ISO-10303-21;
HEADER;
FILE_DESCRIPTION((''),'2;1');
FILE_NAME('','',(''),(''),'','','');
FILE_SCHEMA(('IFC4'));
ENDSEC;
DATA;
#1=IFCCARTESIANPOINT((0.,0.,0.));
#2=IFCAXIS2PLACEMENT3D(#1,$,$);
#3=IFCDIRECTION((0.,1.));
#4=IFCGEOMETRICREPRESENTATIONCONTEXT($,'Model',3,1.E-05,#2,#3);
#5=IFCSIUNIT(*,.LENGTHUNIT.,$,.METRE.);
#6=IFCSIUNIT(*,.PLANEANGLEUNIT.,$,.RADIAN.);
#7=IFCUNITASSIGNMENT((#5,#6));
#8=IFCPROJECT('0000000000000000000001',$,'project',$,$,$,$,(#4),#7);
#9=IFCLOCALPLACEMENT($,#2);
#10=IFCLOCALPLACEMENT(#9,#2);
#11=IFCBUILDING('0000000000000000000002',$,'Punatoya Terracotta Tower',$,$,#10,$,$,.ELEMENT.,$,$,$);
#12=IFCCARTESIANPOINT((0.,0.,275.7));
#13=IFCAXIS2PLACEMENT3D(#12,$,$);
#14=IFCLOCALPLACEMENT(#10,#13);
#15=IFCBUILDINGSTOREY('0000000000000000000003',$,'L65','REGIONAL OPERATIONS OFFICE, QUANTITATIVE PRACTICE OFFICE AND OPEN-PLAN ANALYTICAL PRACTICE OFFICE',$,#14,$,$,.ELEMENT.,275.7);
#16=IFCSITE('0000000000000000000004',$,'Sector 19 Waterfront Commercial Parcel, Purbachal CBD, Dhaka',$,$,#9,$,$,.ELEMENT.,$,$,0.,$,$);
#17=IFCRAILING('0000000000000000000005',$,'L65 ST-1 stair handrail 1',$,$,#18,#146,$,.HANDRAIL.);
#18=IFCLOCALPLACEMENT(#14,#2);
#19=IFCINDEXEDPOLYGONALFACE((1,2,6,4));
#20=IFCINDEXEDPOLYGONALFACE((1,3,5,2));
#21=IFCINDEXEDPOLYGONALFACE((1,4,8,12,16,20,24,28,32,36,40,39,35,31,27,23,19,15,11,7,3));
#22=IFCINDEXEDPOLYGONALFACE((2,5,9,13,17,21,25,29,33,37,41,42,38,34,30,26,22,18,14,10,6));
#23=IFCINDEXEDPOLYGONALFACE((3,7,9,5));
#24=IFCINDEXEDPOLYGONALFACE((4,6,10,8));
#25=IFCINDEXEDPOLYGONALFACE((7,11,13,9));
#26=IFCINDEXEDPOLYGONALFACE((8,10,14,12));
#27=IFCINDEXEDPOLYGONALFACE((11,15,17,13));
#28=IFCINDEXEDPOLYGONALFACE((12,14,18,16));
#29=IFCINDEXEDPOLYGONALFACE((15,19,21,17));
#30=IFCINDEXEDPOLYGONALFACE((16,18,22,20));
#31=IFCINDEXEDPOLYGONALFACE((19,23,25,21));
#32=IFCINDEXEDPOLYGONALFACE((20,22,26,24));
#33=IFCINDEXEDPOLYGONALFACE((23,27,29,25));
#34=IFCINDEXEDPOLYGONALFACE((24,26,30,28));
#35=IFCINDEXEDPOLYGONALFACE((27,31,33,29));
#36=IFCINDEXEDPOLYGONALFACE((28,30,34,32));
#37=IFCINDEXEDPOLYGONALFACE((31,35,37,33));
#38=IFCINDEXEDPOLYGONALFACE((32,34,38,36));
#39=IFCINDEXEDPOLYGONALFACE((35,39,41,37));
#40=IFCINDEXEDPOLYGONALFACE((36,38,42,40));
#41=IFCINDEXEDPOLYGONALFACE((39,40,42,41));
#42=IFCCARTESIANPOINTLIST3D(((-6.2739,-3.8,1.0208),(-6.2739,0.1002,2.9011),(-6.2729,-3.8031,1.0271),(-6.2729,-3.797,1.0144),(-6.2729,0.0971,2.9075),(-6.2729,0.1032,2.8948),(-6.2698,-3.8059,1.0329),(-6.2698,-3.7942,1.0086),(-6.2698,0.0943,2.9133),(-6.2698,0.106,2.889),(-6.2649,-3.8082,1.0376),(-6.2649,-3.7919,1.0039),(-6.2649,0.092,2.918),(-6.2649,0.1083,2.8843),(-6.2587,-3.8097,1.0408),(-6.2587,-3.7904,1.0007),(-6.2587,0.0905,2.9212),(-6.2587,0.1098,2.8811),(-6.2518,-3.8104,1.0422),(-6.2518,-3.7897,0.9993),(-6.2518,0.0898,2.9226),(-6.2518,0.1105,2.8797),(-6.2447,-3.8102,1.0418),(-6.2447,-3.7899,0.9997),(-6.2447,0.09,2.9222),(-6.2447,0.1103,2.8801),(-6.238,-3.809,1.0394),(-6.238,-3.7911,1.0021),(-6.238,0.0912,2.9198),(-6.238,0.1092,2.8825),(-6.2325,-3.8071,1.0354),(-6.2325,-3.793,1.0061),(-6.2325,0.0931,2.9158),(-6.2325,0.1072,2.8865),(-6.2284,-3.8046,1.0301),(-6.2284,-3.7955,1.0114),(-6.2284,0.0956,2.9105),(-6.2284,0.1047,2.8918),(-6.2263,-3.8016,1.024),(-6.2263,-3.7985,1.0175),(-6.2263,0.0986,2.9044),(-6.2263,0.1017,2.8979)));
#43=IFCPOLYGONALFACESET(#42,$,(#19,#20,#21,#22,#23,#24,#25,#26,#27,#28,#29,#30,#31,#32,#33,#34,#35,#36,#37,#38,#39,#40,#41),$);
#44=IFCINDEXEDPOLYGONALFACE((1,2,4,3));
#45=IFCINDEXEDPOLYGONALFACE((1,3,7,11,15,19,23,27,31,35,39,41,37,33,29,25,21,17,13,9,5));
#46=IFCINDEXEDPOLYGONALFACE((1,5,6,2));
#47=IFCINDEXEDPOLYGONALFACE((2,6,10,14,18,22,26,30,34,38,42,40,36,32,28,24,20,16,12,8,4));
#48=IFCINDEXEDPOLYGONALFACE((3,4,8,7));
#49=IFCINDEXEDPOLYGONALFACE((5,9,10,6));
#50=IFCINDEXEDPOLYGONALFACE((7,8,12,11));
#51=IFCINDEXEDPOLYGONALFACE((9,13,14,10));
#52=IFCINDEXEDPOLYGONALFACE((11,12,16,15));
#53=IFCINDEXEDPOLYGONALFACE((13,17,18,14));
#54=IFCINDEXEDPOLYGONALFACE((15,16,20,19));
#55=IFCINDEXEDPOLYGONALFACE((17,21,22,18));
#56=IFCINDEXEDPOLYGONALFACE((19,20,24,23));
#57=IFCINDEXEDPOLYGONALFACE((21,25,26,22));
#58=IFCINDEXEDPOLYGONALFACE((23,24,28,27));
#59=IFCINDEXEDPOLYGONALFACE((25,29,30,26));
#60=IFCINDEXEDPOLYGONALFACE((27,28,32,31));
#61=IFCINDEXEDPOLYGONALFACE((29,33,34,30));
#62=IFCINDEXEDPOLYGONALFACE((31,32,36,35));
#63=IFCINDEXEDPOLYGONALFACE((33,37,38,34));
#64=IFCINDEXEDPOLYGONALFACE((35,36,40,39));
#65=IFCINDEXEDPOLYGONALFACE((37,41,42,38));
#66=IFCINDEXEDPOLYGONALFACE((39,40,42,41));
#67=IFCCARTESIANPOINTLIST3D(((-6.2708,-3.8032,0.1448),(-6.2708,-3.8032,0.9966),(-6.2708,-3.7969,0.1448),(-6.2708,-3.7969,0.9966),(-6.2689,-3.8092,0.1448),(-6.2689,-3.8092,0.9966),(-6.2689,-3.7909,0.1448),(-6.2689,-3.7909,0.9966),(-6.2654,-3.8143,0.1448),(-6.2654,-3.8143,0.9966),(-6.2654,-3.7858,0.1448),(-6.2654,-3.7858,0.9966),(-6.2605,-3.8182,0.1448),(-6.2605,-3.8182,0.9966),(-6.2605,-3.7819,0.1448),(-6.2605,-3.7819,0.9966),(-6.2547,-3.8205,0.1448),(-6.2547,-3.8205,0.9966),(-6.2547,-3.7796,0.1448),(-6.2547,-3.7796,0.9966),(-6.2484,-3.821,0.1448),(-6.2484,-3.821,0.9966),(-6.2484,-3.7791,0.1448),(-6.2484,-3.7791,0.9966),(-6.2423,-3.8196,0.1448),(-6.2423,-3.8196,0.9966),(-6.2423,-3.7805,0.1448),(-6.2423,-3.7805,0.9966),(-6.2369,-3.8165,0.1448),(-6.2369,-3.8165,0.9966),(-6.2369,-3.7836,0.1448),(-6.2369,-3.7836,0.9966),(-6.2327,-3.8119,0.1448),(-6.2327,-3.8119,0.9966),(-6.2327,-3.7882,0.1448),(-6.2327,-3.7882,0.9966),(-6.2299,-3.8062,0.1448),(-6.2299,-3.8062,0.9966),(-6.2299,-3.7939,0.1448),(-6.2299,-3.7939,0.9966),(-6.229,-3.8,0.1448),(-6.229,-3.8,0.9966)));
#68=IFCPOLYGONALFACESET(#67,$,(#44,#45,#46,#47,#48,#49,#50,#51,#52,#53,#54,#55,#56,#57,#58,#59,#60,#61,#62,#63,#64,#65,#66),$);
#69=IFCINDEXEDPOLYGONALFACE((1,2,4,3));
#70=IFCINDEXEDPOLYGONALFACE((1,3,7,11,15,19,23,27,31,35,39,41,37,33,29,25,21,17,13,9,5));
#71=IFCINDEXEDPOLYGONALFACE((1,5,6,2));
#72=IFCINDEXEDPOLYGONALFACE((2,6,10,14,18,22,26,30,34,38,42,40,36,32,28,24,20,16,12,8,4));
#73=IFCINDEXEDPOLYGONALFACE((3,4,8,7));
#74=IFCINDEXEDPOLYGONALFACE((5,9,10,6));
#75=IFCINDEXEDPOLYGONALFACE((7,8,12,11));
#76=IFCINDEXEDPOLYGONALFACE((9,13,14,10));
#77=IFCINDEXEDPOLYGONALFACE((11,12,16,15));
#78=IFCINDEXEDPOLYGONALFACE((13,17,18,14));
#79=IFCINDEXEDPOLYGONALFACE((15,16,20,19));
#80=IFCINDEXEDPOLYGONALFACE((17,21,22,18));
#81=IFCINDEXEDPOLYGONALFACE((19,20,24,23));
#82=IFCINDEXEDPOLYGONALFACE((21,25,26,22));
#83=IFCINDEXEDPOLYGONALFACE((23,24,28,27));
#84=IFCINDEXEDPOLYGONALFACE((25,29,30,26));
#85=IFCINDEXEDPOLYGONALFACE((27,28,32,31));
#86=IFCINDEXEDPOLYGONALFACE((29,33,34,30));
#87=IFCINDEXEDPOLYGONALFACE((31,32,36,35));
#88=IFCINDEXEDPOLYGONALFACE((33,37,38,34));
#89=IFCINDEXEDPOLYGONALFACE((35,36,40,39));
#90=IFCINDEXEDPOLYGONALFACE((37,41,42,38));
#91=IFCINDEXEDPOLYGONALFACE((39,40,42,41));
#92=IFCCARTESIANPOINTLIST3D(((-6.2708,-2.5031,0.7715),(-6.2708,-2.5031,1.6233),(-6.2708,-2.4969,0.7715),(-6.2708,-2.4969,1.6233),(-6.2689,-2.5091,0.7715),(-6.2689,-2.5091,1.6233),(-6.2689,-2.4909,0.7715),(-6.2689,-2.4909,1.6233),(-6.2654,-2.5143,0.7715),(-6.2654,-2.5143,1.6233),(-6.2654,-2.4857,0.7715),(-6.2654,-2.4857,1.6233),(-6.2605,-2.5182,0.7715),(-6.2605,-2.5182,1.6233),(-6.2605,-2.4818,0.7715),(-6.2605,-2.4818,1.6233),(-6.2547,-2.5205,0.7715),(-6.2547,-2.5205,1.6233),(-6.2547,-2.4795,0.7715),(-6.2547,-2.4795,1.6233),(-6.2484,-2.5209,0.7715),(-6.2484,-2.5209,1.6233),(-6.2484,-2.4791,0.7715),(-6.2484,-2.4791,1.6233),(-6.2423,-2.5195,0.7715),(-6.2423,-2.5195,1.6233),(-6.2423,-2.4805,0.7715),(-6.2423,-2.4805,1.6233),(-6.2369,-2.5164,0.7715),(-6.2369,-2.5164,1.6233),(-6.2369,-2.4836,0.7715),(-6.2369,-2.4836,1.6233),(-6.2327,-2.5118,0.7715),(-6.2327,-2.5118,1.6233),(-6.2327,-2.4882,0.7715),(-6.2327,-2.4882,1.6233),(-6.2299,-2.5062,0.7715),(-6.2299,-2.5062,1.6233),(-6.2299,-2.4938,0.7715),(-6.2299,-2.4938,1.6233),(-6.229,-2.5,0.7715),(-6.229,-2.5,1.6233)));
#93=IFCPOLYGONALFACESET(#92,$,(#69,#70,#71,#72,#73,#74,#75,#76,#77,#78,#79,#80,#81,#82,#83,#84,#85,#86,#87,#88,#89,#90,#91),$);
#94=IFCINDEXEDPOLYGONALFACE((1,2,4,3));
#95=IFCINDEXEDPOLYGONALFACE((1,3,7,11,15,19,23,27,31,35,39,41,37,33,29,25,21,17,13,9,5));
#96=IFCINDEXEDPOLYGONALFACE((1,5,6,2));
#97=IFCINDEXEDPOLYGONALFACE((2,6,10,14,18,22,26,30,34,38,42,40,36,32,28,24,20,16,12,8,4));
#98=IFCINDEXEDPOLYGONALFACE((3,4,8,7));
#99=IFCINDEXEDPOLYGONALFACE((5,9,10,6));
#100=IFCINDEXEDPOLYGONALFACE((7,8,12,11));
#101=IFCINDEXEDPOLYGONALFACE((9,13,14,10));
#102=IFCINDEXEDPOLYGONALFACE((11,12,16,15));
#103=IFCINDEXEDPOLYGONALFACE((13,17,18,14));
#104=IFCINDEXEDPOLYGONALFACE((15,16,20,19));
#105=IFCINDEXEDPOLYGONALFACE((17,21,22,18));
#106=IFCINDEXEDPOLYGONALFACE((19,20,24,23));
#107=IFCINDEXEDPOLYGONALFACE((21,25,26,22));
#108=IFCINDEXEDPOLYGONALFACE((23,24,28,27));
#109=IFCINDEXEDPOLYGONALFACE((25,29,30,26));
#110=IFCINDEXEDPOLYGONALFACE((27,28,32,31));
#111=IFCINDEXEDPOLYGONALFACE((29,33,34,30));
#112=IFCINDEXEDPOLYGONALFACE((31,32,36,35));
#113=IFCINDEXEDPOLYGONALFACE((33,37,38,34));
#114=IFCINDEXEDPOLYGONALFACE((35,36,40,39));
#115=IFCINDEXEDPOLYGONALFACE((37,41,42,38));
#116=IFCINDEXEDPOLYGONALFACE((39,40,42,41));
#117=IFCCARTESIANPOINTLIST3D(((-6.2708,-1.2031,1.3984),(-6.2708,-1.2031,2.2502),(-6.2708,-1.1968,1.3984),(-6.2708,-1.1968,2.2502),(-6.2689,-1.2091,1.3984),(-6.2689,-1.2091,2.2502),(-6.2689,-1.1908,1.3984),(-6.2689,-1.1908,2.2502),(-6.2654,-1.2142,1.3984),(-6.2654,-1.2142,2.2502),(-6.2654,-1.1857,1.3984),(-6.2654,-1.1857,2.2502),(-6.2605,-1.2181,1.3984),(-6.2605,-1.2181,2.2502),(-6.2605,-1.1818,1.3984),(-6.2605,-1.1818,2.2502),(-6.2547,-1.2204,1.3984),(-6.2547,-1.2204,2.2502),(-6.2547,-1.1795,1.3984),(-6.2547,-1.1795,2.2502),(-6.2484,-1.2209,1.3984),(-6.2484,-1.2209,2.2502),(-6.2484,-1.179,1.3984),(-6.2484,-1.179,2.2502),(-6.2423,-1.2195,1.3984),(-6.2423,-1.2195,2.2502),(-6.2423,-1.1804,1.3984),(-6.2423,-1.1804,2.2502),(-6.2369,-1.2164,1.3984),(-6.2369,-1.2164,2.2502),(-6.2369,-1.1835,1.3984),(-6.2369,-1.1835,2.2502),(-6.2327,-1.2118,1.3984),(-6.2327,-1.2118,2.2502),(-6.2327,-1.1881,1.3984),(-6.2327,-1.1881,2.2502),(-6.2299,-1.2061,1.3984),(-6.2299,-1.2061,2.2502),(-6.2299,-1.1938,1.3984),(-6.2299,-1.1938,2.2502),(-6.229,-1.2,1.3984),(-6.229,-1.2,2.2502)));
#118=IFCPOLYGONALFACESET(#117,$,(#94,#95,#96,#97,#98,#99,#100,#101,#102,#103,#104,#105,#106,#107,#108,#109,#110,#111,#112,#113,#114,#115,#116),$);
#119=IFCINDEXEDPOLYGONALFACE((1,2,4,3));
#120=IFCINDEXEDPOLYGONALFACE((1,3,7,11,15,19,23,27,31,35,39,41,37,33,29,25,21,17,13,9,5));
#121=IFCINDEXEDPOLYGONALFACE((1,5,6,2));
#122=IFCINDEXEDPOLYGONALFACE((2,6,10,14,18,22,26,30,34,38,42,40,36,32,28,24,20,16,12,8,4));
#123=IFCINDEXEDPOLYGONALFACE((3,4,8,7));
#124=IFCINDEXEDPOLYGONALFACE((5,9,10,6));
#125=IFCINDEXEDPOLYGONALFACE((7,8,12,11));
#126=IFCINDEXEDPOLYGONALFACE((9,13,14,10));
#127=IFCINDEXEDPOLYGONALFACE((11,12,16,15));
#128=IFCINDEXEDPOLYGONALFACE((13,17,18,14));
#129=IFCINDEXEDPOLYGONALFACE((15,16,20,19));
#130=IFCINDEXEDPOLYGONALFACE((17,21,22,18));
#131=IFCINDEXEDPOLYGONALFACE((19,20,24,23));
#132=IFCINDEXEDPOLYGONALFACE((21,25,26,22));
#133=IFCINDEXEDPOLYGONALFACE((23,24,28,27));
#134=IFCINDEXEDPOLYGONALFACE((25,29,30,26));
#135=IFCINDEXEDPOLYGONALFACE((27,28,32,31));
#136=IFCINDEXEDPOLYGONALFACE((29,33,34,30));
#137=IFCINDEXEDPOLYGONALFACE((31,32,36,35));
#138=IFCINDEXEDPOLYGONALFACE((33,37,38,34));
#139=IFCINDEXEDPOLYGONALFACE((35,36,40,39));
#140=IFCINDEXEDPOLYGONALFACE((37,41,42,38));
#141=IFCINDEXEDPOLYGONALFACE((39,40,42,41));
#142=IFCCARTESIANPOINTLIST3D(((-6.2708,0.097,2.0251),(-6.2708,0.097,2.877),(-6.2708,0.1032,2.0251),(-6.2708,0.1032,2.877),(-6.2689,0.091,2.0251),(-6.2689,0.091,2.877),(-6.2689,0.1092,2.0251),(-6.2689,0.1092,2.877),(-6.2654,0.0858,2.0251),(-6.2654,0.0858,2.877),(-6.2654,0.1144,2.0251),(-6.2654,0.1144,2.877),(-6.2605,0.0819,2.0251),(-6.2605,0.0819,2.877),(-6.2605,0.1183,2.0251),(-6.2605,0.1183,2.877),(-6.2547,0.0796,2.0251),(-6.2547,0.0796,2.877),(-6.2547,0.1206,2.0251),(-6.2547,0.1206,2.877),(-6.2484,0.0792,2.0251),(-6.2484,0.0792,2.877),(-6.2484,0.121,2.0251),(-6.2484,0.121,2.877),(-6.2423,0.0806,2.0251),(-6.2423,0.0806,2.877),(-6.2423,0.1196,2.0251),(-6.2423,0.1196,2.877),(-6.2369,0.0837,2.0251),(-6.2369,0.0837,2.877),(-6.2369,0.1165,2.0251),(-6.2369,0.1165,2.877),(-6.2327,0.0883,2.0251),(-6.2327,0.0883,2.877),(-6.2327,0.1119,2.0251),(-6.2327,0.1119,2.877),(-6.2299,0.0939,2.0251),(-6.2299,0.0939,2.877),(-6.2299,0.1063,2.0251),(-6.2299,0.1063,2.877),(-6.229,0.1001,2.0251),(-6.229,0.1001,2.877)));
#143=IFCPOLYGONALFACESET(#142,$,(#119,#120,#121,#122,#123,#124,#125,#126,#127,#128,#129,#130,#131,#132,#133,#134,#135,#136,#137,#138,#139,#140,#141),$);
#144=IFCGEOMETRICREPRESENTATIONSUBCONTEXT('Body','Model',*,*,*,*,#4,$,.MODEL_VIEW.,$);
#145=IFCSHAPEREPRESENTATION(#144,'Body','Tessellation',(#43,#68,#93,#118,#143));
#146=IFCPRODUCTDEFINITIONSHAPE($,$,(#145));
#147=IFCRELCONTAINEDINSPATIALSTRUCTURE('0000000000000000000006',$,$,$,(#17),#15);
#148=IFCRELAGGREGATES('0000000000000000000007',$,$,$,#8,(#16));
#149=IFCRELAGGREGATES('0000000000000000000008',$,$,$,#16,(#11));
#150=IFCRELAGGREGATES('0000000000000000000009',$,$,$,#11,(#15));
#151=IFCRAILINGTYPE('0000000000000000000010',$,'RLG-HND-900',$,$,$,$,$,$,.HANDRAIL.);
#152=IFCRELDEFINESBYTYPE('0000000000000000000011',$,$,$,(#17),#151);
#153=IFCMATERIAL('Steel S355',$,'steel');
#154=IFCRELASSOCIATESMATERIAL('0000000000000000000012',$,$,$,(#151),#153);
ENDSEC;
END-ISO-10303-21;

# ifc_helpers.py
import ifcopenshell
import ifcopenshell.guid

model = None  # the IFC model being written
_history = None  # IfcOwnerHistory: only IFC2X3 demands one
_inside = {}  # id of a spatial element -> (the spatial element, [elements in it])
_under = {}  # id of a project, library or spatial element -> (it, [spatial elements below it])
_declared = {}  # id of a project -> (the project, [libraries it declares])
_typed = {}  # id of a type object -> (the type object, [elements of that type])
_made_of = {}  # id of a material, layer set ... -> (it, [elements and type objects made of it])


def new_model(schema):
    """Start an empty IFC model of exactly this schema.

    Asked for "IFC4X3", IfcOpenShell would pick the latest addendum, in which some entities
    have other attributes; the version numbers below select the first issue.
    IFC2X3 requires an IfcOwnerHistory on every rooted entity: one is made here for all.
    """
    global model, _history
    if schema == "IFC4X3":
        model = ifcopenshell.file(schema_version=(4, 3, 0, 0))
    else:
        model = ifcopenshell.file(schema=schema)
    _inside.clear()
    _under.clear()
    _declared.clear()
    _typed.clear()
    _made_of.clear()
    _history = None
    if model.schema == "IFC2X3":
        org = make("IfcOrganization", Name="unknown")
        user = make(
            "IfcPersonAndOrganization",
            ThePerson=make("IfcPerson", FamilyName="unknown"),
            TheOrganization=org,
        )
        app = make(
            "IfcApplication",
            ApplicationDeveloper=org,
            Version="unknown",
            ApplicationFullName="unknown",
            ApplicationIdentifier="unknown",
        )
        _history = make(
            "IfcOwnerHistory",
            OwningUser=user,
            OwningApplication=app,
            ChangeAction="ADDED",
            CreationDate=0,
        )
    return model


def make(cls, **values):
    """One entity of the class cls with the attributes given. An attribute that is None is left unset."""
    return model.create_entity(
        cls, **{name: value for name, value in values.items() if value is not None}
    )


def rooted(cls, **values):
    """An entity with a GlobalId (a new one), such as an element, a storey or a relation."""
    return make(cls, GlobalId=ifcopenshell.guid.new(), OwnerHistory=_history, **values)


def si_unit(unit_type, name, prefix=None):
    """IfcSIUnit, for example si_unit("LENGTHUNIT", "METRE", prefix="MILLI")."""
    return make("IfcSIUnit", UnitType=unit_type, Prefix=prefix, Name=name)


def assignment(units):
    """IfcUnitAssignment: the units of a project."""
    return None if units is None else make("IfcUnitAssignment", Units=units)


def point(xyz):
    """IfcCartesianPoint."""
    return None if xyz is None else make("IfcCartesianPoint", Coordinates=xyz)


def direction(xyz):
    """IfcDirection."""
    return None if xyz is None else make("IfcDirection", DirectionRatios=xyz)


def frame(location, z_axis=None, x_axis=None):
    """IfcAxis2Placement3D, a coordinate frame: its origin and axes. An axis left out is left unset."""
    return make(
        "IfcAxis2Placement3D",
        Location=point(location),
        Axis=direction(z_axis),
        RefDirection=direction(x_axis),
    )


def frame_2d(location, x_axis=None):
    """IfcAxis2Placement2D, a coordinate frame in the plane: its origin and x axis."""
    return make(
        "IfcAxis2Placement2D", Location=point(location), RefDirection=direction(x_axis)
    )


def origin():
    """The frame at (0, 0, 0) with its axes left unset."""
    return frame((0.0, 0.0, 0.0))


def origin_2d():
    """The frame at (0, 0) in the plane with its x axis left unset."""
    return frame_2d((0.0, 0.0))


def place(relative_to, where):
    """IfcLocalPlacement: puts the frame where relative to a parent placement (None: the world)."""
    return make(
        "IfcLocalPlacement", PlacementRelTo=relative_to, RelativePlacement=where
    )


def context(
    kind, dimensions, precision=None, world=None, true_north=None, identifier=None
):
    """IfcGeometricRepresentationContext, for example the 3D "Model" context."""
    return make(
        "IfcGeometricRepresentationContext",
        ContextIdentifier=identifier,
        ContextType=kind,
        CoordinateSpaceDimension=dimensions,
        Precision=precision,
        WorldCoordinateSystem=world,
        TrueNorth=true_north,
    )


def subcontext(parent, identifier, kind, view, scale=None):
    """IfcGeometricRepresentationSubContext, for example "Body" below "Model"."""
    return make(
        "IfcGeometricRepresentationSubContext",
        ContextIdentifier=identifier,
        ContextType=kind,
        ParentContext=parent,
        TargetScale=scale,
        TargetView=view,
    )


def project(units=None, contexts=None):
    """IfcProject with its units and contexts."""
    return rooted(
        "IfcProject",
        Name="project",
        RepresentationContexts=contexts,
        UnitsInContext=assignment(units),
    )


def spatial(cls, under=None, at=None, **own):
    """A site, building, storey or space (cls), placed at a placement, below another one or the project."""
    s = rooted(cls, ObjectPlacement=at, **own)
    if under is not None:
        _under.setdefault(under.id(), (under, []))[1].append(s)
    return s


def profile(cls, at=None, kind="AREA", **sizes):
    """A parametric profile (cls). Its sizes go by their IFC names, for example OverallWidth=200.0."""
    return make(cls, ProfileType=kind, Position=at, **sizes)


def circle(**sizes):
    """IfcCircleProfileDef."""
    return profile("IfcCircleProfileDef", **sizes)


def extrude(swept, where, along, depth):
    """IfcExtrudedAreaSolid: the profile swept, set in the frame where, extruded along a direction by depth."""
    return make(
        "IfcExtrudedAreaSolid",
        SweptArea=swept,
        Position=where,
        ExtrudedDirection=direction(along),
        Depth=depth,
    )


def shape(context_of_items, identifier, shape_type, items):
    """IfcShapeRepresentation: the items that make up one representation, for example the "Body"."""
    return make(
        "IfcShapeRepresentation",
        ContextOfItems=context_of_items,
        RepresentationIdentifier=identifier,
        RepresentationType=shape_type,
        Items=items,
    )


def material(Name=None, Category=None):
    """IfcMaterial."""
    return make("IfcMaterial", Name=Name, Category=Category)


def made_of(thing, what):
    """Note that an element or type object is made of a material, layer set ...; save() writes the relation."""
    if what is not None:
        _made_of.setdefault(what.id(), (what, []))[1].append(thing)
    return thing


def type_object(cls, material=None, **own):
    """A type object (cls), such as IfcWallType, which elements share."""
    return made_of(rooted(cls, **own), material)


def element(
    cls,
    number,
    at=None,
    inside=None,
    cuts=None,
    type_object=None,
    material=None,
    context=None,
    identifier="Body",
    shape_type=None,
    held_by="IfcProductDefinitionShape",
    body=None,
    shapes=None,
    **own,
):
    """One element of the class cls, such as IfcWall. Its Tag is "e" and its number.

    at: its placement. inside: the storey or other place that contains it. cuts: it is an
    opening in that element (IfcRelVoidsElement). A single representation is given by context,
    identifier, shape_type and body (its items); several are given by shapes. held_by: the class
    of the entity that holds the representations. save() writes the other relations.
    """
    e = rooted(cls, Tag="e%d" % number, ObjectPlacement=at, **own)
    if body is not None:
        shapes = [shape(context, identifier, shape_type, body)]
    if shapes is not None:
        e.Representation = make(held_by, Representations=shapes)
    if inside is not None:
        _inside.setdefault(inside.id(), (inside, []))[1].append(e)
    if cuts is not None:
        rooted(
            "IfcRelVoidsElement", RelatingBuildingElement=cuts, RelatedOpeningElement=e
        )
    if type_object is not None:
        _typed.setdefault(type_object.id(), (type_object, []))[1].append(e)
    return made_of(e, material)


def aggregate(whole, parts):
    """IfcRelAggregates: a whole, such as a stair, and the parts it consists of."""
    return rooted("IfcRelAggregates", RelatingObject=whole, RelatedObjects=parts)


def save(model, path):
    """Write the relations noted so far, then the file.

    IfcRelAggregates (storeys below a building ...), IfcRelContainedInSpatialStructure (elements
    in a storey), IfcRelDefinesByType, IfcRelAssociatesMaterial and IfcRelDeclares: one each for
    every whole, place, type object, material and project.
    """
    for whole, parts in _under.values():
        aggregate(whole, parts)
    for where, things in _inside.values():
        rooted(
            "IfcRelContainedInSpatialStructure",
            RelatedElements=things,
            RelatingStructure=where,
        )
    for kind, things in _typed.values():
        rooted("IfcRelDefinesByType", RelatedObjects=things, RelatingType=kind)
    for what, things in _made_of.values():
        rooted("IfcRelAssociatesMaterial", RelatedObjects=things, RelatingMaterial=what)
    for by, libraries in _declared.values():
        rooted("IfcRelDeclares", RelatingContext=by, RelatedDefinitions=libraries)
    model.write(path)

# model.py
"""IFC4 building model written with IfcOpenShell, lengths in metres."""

from ifc_helpers import new_model, si_unit, direction, frame, origin, origin_2d, place, context, subcontext, project, spatial, circle, extrude, material, type_object, element, save


model = new_model("IFC4")

# Units and contexts
model_context = context("Model", 3, precision=1e-05, world=origin(), true_north=direction((0.0, 1.0)))
body_context = subcontext(model_context, "Body", "Model", "MODEL_VIEW")
ifc_project = project(units=[si_unit("LENGTHUNIT", "METRE"), si_unit("PLANEANGLEUNIT", "RADIAN")], contexts=[model_context])

# Site, building, storey
site_placement = place(None, origin())
site = spatial("IfcSite", under=ifc_project, at=site_placement, Name="Sector 19 Waterfront Commercial Parcel, Purbachal CBD, Dhaka", CompositionType="ELEMENT", RefElevation=0.0)
building_placement = place(site_placement, origin())
building = spatial("IfcBuilding", under=site, at=building_placement, Name="Punatoya Terracotta Tower", CompositionType="ELEMENT")
storey_placement = place(building_placement, frame((0.0, 0.0, 275.7)))
storey = spatial("IfcBuildingStorey", under=building, at=storey_placement, Name="L65", Description="REGIONAL OPERATIONS OFFICE, QUANTITATIVE PRACTICE OFFICE AND OPEN-PLAN ANALYTICAL PRACTICE OFFICE", CompositionType="ELEMENT", Elevation=275.7)

# Railing
ifc_material_1 = material(Name="Steel S355", Category="steel")
railing_type_1 = type_object("IfcRailingType", Name="RLG-HND-900", PredefinedType="HANDRAIL", material=ifc_material_1)
railing_1_placement = place(storey_placement, frame((-6.25, -3.8, 0.1448)))
element("IfcRailing", 1, at=railing_1_placement, inside=storey, type_object=railing_type_1, Name="L65 ST-1 stair handrail 1", PredefinedType="HANDRAIL", context=body_context, shape_type="SweptSolid", body=[
    extrude(circle(Radius=0.0239, at=origin_2d()), frame((0.0, 0.0, 0.876), z_axis=(0.0, 0.900774, 0.434289), x_axis=(-1.0, 0.0, 0.0)), (0.0, 0.0, 1.0), 4.3298),
    extrude(circle(Radius=0.021, at=origin_2d()), origin(), (0.0, 0.0, 1.0), 0.8518),
    extrude(circle(Radius=0.021, at=origin_2d()), frame((0.0, 1.3, 0.6267)), (0.0, 0.0, 1.0), 0.8518),
    extrude(circle(Radius=0.021, at=origin_2d()), frame((0.0, 2.6001, 1.2537)), (0.0, 0.0, 1.0), 0.8518),
    extrude(circle(Radius=0.021, at=origin_2d()), frame((0.0, 3.9001, 1.8804)), (0.0, 0.0, 1.0), 0.8518),
])

save(model, "model.ifc")
